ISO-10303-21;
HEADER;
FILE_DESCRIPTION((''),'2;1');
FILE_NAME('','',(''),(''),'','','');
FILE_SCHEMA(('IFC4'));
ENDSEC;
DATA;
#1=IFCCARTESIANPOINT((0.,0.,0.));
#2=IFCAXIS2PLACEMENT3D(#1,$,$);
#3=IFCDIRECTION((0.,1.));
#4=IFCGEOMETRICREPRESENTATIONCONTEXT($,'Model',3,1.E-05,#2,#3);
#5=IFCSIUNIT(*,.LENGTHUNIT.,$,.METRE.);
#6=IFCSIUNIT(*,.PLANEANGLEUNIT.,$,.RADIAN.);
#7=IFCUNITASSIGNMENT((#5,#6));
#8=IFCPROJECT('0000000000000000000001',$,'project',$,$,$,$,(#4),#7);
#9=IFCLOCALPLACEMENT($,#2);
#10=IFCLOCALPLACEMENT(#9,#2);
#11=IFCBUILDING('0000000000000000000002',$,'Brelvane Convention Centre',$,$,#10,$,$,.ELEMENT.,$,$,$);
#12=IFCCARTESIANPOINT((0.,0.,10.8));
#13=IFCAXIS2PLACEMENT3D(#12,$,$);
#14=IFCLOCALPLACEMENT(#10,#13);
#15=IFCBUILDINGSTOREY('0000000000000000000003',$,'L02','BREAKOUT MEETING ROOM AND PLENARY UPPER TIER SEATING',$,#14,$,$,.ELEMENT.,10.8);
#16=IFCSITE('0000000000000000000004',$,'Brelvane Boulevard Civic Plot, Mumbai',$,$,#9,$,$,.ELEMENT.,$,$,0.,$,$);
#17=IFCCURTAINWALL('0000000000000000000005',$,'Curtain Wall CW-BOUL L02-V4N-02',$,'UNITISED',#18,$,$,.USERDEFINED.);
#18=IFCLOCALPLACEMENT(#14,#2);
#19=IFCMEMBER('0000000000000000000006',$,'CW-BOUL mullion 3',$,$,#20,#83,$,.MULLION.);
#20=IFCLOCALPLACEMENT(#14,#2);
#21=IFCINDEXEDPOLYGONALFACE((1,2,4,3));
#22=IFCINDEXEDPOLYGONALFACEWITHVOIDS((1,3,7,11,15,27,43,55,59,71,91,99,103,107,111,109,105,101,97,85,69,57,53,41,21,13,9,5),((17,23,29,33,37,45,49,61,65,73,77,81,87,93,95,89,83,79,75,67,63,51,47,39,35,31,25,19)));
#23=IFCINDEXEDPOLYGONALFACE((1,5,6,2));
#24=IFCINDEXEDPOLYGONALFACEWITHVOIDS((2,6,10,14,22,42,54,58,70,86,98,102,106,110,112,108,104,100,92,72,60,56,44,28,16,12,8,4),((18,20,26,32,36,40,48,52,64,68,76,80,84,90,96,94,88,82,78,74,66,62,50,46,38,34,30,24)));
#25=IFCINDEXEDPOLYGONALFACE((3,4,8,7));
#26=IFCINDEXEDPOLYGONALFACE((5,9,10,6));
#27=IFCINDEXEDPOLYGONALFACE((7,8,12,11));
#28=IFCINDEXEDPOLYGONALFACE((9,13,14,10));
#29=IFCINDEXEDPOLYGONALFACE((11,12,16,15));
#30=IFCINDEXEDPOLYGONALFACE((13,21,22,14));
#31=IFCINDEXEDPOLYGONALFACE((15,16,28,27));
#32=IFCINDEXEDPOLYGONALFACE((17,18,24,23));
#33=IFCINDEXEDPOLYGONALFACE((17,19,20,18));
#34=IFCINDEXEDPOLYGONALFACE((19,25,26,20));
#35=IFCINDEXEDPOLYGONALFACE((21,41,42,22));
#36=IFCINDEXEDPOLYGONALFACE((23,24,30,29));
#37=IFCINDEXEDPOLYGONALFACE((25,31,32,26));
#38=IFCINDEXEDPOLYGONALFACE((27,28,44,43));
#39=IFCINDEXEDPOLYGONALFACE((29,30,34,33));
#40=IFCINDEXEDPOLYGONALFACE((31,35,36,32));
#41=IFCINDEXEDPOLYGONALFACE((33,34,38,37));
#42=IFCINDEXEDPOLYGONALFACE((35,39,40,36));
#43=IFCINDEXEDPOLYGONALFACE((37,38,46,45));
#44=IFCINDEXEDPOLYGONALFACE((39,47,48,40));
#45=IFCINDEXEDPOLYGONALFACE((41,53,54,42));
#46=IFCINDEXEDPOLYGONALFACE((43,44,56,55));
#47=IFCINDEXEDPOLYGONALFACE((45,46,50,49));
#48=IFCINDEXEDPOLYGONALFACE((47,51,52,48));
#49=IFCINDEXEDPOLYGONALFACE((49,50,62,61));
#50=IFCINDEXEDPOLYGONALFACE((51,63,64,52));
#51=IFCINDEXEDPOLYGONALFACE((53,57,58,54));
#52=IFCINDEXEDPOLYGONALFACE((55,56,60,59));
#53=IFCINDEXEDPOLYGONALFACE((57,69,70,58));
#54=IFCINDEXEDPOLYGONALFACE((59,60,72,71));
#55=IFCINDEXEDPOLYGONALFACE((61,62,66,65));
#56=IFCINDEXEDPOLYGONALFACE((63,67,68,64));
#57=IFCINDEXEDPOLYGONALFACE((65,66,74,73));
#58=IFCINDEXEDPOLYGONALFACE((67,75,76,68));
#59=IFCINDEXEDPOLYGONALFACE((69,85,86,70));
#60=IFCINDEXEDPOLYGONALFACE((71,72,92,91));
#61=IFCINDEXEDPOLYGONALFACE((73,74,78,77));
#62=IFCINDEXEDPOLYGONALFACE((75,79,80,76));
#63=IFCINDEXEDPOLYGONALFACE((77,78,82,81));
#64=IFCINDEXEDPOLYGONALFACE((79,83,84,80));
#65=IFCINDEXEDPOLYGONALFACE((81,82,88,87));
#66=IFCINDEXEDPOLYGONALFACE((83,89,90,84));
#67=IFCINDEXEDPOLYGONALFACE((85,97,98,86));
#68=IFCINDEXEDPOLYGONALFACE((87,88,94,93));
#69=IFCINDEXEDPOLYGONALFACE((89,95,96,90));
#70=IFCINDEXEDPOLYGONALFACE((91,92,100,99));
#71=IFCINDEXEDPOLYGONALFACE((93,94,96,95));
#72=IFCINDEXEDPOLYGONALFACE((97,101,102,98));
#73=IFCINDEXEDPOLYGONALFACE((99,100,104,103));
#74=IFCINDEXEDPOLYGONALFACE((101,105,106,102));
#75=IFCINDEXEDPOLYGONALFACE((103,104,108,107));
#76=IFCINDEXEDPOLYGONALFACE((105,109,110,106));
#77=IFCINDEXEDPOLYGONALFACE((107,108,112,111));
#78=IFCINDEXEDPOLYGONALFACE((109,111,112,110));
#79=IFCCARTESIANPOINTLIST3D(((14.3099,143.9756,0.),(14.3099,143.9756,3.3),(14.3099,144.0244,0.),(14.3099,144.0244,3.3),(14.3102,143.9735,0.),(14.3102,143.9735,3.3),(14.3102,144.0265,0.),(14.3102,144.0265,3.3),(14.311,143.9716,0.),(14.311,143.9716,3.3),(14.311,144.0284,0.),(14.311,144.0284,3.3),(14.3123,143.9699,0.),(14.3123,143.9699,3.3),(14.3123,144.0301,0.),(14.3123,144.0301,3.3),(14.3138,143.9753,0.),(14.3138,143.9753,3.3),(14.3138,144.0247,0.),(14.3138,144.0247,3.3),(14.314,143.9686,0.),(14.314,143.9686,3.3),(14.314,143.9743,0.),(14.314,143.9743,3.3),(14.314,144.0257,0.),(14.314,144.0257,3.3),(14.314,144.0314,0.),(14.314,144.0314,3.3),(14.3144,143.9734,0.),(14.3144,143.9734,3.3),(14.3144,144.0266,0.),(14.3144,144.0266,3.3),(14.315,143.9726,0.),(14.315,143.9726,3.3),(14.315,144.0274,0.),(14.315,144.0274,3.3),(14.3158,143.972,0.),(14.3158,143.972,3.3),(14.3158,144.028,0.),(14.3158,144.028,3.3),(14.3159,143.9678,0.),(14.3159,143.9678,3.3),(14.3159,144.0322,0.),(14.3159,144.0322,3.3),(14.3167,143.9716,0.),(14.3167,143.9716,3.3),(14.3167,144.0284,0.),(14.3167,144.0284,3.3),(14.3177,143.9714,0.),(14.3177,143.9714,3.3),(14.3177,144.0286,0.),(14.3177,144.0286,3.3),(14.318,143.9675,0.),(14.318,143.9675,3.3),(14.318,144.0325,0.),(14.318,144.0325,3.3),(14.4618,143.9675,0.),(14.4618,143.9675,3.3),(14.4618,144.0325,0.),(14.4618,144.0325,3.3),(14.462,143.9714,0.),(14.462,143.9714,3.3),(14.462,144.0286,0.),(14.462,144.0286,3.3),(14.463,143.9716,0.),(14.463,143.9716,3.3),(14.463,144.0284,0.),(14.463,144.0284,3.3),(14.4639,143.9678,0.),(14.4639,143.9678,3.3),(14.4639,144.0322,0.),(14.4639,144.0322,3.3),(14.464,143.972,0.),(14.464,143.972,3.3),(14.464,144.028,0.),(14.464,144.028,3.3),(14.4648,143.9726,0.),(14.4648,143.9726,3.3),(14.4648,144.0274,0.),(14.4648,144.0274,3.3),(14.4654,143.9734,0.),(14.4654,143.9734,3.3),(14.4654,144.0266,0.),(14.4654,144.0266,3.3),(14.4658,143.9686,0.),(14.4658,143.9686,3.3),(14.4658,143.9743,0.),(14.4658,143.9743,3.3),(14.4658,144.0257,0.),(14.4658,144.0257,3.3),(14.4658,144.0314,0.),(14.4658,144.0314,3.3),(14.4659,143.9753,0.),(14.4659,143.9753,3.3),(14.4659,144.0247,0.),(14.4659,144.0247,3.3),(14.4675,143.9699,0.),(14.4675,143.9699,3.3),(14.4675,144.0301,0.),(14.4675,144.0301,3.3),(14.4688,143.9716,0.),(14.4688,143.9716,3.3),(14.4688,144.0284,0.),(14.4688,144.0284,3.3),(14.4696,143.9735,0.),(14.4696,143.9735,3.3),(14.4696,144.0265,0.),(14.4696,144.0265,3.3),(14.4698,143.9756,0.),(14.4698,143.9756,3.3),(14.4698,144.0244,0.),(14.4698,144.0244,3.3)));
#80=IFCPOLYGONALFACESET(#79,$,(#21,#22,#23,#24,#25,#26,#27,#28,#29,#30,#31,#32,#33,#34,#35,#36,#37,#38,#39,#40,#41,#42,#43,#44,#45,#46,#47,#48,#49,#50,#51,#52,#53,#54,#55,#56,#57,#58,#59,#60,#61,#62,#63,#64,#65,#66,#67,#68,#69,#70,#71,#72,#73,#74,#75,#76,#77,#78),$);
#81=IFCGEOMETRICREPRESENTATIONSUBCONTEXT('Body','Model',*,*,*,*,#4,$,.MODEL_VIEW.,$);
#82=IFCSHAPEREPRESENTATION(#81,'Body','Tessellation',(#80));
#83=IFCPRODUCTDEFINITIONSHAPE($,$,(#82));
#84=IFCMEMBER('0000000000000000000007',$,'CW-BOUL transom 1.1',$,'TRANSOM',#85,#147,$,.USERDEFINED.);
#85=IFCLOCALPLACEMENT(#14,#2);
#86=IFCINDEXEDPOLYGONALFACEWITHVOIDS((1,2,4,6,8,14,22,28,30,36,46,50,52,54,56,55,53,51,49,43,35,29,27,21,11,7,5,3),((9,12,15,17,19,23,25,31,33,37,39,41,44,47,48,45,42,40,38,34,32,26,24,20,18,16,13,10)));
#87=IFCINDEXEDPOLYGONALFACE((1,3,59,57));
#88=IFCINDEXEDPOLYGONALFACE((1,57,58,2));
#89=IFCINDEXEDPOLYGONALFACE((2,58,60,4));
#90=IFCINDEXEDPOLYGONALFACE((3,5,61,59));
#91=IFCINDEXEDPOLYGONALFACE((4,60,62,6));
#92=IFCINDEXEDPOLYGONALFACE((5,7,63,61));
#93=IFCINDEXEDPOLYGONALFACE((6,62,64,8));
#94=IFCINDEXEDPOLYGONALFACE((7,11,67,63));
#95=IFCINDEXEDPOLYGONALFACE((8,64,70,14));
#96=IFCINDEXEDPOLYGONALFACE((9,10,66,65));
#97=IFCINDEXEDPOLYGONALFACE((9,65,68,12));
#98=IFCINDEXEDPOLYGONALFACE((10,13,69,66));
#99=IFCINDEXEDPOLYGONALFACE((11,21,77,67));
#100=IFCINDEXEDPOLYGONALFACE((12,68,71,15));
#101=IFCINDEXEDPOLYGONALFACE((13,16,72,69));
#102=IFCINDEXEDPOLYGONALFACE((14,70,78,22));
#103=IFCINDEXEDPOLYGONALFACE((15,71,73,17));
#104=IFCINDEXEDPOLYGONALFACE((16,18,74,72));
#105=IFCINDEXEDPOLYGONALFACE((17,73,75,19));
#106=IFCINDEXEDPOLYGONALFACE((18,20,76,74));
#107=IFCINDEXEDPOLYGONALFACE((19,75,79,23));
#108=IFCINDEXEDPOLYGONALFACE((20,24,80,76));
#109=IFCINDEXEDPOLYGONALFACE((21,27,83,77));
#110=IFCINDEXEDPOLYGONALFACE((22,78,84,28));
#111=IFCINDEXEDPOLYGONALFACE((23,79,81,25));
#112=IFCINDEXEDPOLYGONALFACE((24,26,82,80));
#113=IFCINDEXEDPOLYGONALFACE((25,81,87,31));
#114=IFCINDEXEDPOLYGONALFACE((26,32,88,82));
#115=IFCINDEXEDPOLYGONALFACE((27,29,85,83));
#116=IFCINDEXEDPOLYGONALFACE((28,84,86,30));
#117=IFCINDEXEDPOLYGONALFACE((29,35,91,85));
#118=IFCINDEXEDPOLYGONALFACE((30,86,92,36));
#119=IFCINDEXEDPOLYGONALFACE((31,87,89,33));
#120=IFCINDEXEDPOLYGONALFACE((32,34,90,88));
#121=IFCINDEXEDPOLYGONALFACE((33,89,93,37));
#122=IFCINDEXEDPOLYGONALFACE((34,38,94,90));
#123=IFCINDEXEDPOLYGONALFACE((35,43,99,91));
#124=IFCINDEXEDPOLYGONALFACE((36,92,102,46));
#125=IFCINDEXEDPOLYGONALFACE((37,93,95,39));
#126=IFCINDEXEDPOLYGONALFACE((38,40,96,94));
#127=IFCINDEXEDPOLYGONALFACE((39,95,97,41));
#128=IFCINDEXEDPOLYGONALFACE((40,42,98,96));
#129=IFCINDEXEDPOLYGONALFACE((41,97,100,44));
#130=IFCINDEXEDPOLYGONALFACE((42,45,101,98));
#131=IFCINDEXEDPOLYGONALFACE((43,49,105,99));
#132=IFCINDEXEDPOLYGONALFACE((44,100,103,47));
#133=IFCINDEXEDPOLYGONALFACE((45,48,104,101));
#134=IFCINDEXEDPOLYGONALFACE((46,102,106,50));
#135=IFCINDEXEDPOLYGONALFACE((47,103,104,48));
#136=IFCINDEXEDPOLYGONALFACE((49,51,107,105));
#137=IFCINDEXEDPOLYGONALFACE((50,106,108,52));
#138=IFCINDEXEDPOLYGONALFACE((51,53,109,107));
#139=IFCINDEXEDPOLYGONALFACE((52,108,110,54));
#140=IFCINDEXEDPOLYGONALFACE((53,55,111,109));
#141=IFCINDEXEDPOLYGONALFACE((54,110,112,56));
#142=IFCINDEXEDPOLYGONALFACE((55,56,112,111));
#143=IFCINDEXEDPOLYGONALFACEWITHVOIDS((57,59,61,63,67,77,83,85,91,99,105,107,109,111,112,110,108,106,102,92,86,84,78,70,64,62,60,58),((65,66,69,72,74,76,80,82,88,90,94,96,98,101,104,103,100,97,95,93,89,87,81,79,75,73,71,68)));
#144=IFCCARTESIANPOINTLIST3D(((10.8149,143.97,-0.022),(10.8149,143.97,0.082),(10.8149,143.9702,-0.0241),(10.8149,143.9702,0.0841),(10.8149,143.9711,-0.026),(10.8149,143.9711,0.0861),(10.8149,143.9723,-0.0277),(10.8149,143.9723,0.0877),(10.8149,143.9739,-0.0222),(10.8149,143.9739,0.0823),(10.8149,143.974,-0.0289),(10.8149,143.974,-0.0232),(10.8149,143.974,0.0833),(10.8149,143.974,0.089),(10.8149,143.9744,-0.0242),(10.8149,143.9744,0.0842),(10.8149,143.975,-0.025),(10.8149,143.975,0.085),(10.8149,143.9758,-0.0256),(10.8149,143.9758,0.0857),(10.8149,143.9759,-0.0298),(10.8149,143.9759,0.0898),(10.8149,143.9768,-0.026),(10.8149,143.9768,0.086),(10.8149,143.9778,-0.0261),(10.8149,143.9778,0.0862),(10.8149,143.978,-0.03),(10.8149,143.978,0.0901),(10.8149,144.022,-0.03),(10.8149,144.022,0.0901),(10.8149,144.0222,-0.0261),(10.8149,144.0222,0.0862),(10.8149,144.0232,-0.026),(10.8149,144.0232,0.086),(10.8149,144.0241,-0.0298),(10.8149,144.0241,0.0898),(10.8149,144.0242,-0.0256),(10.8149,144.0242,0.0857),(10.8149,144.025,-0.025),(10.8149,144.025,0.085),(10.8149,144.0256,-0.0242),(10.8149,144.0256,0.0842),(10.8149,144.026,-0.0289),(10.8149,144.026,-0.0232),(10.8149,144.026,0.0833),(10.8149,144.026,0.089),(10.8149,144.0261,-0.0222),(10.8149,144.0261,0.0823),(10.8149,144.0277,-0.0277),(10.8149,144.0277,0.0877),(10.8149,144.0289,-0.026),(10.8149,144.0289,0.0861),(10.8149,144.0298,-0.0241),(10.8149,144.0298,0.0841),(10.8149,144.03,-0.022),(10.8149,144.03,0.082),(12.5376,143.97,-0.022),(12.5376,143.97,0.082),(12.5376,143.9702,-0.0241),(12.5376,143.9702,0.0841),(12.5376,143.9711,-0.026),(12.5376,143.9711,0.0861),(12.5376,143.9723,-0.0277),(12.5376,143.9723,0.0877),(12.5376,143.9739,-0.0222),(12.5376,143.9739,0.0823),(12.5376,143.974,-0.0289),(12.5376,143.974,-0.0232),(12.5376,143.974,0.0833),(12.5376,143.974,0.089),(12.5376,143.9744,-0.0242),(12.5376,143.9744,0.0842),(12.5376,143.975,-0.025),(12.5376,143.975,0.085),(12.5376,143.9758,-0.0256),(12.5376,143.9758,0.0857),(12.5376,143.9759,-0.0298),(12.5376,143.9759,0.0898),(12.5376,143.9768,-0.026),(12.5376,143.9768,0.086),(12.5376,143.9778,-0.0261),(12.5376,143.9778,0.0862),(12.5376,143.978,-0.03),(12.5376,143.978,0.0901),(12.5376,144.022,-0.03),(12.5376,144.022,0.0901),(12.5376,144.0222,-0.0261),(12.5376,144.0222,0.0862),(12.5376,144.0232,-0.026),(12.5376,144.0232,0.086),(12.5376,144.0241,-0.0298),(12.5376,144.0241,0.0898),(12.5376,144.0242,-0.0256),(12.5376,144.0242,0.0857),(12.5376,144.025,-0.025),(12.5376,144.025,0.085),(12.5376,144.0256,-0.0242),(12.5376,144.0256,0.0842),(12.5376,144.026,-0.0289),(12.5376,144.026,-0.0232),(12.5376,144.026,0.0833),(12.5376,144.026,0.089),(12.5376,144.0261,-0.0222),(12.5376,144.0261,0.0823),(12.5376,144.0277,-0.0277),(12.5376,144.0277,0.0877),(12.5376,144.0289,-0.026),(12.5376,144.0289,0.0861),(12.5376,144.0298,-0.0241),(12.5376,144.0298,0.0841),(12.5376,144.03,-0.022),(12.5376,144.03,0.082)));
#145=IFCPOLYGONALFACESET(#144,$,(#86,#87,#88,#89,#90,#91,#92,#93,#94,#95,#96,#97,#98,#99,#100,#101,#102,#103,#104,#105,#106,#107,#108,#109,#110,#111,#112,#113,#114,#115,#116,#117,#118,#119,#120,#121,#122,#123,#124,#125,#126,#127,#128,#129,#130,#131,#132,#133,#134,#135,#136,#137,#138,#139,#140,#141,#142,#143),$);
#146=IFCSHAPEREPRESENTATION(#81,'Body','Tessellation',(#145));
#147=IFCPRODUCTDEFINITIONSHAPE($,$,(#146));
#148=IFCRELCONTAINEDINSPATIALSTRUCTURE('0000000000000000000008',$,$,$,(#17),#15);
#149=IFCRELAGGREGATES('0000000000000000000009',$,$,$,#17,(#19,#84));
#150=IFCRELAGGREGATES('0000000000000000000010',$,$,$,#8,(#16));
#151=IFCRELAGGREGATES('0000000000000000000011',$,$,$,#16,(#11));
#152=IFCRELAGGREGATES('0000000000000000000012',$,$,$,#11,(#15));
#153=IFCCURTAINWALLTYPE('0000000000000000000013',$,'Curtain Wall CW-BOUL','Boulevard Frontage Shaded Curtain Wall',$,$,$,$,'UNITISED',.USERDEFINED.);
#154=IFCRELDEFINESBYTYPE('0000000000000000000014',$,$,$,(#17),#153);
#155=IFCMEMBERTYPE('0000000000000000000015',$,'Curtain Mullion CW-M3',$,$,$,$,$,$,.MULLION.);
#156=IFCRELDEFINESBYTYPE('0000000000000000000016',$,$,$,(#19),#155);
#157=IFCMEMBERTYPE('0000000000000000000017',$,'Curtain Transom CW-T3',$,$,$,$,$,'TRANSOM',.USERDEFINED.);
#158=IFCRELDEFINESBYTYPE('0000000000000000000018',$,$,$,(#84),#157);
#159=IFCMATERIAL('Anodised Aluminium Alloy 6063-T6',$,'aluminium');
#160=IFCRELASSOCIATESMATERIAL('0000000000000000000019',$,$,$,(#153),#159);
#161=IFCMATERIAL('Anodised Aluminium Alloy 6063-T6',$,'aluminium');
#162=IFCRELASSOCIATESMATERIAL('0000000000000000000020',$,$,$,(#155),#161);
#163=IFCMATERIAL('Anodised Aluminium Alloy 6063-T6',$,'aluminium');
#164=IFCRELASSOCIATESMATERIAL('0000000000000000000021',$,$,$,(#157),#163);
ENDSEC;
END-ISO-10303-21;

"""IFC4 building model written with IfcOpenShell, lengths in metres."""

from ifc_helpers import new_model, si_unit, direction, frame, origin, origin_2d, place, context, subcontext, project, spatial, hollow_rectangle, extrude, material, material_profile, profile_set, type_object, element, aggregate, save


model = new_model("IFC4")

# Units and contexts
model_context = context("Model", 3, precision=1e-05, world=origin(), true_north=direction((0.0, 1.0)))
body_context = subcontext(model_context, "Body", "Model", "MODEL_VIEW")
ifc_project = project(units=[si_unit("LENGTHUNIT", "METRE"), si_unit("PLANEANGLEUNIT", "RADIAN")], contexts=[model_context])

# Site, building, storey
site_placement = place(None, origin())
site = spatial("IfcSite", under=ifc_project, at=site_placement, Name="Brelvane Boulevard Civic Plot, Mumbai", CompositionType="ELEMENT", RefElevation=0.0)
building_placement = place(site_placement, origin())
building = spatial("IfcBuilding", under=site, at=building_placement, Name="Brelvane Convention Centre", CompositionType="ELEMENT")
storey_placement = place(building_placement, frame((0.0, 0.0, 10.8)))
storey = spatial("IfcBuildingStorey", under=building, at=storey_placement, Name="L02", Description="BREAKOUT MEETING ROOM AND PLENARY UPPER TIER SEATING", CompositionType="ELEMENT", Elevation=10.8)

# Curtain wall, members
ifc_material_1 = material(Name="Anodised Aluminium Alloy 6063-T6", Category="aluminium")
curtain_wall_type = type_object("IfcCurtainWallType", Name="Curtain Wall CW-BOUL", Description="Boulevard Frontage Shaded Curtain Wall", ElementType="UNITISED", PredefinedType="USERDEFINED", material=ifc_material_1)
curtain_wall_placement = place(storey_placement, origin())
curtain_wall = element("IfcCurtainWall", 1, at=curtain_wall_placement, inside=storey, type_object=curtain_wall_type, Name="Curtain Wall CW-BOUL L02-V4N-02", ObjectType="UNITISED", PredefinedType="USERDEFINED")
ifc_material_2 = material(Name="Anodised Aluminium Alloy 6063-T6", Category="aluminium")
ifc_material_profile_1 = material_profile(ifc_material_2, hollow_rectangle(XDim=0.0649, YDim=0.1599, WallThickness=0.0039, InnerFilletRadius=0.0039, OuterFilletRadius=0.0081, at=origin_2d()), Name="ALU-M 160x65x4.0")
ifc_profile_set_1 = profile_set([ifc_material_profile_1], Name="Anodised Aluminium Alloy 6063-T6")
member_type_1 = type_object("IfcMemberType", Name="Curtain Mullion CW-M3", PredefinedType="MULLION", material=ifc_profile_set_1)
member_1_placement = place(storey_placement, frame((14.3899, 144.0, 0.0), z_axis=(0.0, 0.0, 1.0), x_axis=(0.0, 1.0, 0.0)))
member_1 = element("IfcMember", 2, at=member_1_placement, type_object=member_type_1, Name="CW-BOUL mullion 3", PredefinedType="MULLION", context=body_context, shape_type="SweptSolid", body=[
    extrude(hollow_rectangle(XDim=0.0649, YDim=0.1599, WallThickness=0.0039, InnerFilletRadius=0.0039, OuterFilletRadius=0.0081, at=origin_2d()), origin(), (0.0, 0.0, 1.0), 3.3),
])
ifc_material_3 = material(Name="Anodised Aluminium Alloy 6063-T6", Category="aluminium")
ifc_material_profile_2 = material_profile(ifc_material_3, hollow_rectangle(XDim=0.0601, YDim=0.1201, WallThickness=0.0039, InnerFilletRadius=0.0039, OuterFilletRadius=0.0081, at=origin_2d()), Name="ALU-T 120x60x4.0")
ifc_profile_set_2 = profile_set([ifc_material_profile_2], Name="Anodised Aluminium Alloy 6063-T6")
member_type_2 = type_object("IfcMemberType", Name="Curtain Transom CW-T3", ElementType="TRANSOM", PredefinedType="USERDEFINED", material=ifc_profile_set_2)
member_2_placement = place(storey_placement, frame((10.8149, 144.0, 0.03), z_axis=(1.0, 0.0, 0.0), x_axis=(0.0, 1.0, 0.0)))
member_2 = element("IfcMember", 3, at=member_2_placement, type_object=member_type_2, Name="CW-BOUL transom 1.1", ObjectType="TRANSOM", PredefinedType="USERDEFINED", context=body_context, shape_type="SweptSolid", body=[
    extrude(hollow_rectangle(XDim=0.0601, YDim=0.1201, WallThickness=0.0039, InnerFilletRadius=0.0039, OuterFilletRadius=0.0081, at=origin_2d()), origin(), (0.0, 0.0, 1.0), 1.7227),
])

aggregate(curtain_wall, [member_1, member_2])

save(model, "model.ifc")
